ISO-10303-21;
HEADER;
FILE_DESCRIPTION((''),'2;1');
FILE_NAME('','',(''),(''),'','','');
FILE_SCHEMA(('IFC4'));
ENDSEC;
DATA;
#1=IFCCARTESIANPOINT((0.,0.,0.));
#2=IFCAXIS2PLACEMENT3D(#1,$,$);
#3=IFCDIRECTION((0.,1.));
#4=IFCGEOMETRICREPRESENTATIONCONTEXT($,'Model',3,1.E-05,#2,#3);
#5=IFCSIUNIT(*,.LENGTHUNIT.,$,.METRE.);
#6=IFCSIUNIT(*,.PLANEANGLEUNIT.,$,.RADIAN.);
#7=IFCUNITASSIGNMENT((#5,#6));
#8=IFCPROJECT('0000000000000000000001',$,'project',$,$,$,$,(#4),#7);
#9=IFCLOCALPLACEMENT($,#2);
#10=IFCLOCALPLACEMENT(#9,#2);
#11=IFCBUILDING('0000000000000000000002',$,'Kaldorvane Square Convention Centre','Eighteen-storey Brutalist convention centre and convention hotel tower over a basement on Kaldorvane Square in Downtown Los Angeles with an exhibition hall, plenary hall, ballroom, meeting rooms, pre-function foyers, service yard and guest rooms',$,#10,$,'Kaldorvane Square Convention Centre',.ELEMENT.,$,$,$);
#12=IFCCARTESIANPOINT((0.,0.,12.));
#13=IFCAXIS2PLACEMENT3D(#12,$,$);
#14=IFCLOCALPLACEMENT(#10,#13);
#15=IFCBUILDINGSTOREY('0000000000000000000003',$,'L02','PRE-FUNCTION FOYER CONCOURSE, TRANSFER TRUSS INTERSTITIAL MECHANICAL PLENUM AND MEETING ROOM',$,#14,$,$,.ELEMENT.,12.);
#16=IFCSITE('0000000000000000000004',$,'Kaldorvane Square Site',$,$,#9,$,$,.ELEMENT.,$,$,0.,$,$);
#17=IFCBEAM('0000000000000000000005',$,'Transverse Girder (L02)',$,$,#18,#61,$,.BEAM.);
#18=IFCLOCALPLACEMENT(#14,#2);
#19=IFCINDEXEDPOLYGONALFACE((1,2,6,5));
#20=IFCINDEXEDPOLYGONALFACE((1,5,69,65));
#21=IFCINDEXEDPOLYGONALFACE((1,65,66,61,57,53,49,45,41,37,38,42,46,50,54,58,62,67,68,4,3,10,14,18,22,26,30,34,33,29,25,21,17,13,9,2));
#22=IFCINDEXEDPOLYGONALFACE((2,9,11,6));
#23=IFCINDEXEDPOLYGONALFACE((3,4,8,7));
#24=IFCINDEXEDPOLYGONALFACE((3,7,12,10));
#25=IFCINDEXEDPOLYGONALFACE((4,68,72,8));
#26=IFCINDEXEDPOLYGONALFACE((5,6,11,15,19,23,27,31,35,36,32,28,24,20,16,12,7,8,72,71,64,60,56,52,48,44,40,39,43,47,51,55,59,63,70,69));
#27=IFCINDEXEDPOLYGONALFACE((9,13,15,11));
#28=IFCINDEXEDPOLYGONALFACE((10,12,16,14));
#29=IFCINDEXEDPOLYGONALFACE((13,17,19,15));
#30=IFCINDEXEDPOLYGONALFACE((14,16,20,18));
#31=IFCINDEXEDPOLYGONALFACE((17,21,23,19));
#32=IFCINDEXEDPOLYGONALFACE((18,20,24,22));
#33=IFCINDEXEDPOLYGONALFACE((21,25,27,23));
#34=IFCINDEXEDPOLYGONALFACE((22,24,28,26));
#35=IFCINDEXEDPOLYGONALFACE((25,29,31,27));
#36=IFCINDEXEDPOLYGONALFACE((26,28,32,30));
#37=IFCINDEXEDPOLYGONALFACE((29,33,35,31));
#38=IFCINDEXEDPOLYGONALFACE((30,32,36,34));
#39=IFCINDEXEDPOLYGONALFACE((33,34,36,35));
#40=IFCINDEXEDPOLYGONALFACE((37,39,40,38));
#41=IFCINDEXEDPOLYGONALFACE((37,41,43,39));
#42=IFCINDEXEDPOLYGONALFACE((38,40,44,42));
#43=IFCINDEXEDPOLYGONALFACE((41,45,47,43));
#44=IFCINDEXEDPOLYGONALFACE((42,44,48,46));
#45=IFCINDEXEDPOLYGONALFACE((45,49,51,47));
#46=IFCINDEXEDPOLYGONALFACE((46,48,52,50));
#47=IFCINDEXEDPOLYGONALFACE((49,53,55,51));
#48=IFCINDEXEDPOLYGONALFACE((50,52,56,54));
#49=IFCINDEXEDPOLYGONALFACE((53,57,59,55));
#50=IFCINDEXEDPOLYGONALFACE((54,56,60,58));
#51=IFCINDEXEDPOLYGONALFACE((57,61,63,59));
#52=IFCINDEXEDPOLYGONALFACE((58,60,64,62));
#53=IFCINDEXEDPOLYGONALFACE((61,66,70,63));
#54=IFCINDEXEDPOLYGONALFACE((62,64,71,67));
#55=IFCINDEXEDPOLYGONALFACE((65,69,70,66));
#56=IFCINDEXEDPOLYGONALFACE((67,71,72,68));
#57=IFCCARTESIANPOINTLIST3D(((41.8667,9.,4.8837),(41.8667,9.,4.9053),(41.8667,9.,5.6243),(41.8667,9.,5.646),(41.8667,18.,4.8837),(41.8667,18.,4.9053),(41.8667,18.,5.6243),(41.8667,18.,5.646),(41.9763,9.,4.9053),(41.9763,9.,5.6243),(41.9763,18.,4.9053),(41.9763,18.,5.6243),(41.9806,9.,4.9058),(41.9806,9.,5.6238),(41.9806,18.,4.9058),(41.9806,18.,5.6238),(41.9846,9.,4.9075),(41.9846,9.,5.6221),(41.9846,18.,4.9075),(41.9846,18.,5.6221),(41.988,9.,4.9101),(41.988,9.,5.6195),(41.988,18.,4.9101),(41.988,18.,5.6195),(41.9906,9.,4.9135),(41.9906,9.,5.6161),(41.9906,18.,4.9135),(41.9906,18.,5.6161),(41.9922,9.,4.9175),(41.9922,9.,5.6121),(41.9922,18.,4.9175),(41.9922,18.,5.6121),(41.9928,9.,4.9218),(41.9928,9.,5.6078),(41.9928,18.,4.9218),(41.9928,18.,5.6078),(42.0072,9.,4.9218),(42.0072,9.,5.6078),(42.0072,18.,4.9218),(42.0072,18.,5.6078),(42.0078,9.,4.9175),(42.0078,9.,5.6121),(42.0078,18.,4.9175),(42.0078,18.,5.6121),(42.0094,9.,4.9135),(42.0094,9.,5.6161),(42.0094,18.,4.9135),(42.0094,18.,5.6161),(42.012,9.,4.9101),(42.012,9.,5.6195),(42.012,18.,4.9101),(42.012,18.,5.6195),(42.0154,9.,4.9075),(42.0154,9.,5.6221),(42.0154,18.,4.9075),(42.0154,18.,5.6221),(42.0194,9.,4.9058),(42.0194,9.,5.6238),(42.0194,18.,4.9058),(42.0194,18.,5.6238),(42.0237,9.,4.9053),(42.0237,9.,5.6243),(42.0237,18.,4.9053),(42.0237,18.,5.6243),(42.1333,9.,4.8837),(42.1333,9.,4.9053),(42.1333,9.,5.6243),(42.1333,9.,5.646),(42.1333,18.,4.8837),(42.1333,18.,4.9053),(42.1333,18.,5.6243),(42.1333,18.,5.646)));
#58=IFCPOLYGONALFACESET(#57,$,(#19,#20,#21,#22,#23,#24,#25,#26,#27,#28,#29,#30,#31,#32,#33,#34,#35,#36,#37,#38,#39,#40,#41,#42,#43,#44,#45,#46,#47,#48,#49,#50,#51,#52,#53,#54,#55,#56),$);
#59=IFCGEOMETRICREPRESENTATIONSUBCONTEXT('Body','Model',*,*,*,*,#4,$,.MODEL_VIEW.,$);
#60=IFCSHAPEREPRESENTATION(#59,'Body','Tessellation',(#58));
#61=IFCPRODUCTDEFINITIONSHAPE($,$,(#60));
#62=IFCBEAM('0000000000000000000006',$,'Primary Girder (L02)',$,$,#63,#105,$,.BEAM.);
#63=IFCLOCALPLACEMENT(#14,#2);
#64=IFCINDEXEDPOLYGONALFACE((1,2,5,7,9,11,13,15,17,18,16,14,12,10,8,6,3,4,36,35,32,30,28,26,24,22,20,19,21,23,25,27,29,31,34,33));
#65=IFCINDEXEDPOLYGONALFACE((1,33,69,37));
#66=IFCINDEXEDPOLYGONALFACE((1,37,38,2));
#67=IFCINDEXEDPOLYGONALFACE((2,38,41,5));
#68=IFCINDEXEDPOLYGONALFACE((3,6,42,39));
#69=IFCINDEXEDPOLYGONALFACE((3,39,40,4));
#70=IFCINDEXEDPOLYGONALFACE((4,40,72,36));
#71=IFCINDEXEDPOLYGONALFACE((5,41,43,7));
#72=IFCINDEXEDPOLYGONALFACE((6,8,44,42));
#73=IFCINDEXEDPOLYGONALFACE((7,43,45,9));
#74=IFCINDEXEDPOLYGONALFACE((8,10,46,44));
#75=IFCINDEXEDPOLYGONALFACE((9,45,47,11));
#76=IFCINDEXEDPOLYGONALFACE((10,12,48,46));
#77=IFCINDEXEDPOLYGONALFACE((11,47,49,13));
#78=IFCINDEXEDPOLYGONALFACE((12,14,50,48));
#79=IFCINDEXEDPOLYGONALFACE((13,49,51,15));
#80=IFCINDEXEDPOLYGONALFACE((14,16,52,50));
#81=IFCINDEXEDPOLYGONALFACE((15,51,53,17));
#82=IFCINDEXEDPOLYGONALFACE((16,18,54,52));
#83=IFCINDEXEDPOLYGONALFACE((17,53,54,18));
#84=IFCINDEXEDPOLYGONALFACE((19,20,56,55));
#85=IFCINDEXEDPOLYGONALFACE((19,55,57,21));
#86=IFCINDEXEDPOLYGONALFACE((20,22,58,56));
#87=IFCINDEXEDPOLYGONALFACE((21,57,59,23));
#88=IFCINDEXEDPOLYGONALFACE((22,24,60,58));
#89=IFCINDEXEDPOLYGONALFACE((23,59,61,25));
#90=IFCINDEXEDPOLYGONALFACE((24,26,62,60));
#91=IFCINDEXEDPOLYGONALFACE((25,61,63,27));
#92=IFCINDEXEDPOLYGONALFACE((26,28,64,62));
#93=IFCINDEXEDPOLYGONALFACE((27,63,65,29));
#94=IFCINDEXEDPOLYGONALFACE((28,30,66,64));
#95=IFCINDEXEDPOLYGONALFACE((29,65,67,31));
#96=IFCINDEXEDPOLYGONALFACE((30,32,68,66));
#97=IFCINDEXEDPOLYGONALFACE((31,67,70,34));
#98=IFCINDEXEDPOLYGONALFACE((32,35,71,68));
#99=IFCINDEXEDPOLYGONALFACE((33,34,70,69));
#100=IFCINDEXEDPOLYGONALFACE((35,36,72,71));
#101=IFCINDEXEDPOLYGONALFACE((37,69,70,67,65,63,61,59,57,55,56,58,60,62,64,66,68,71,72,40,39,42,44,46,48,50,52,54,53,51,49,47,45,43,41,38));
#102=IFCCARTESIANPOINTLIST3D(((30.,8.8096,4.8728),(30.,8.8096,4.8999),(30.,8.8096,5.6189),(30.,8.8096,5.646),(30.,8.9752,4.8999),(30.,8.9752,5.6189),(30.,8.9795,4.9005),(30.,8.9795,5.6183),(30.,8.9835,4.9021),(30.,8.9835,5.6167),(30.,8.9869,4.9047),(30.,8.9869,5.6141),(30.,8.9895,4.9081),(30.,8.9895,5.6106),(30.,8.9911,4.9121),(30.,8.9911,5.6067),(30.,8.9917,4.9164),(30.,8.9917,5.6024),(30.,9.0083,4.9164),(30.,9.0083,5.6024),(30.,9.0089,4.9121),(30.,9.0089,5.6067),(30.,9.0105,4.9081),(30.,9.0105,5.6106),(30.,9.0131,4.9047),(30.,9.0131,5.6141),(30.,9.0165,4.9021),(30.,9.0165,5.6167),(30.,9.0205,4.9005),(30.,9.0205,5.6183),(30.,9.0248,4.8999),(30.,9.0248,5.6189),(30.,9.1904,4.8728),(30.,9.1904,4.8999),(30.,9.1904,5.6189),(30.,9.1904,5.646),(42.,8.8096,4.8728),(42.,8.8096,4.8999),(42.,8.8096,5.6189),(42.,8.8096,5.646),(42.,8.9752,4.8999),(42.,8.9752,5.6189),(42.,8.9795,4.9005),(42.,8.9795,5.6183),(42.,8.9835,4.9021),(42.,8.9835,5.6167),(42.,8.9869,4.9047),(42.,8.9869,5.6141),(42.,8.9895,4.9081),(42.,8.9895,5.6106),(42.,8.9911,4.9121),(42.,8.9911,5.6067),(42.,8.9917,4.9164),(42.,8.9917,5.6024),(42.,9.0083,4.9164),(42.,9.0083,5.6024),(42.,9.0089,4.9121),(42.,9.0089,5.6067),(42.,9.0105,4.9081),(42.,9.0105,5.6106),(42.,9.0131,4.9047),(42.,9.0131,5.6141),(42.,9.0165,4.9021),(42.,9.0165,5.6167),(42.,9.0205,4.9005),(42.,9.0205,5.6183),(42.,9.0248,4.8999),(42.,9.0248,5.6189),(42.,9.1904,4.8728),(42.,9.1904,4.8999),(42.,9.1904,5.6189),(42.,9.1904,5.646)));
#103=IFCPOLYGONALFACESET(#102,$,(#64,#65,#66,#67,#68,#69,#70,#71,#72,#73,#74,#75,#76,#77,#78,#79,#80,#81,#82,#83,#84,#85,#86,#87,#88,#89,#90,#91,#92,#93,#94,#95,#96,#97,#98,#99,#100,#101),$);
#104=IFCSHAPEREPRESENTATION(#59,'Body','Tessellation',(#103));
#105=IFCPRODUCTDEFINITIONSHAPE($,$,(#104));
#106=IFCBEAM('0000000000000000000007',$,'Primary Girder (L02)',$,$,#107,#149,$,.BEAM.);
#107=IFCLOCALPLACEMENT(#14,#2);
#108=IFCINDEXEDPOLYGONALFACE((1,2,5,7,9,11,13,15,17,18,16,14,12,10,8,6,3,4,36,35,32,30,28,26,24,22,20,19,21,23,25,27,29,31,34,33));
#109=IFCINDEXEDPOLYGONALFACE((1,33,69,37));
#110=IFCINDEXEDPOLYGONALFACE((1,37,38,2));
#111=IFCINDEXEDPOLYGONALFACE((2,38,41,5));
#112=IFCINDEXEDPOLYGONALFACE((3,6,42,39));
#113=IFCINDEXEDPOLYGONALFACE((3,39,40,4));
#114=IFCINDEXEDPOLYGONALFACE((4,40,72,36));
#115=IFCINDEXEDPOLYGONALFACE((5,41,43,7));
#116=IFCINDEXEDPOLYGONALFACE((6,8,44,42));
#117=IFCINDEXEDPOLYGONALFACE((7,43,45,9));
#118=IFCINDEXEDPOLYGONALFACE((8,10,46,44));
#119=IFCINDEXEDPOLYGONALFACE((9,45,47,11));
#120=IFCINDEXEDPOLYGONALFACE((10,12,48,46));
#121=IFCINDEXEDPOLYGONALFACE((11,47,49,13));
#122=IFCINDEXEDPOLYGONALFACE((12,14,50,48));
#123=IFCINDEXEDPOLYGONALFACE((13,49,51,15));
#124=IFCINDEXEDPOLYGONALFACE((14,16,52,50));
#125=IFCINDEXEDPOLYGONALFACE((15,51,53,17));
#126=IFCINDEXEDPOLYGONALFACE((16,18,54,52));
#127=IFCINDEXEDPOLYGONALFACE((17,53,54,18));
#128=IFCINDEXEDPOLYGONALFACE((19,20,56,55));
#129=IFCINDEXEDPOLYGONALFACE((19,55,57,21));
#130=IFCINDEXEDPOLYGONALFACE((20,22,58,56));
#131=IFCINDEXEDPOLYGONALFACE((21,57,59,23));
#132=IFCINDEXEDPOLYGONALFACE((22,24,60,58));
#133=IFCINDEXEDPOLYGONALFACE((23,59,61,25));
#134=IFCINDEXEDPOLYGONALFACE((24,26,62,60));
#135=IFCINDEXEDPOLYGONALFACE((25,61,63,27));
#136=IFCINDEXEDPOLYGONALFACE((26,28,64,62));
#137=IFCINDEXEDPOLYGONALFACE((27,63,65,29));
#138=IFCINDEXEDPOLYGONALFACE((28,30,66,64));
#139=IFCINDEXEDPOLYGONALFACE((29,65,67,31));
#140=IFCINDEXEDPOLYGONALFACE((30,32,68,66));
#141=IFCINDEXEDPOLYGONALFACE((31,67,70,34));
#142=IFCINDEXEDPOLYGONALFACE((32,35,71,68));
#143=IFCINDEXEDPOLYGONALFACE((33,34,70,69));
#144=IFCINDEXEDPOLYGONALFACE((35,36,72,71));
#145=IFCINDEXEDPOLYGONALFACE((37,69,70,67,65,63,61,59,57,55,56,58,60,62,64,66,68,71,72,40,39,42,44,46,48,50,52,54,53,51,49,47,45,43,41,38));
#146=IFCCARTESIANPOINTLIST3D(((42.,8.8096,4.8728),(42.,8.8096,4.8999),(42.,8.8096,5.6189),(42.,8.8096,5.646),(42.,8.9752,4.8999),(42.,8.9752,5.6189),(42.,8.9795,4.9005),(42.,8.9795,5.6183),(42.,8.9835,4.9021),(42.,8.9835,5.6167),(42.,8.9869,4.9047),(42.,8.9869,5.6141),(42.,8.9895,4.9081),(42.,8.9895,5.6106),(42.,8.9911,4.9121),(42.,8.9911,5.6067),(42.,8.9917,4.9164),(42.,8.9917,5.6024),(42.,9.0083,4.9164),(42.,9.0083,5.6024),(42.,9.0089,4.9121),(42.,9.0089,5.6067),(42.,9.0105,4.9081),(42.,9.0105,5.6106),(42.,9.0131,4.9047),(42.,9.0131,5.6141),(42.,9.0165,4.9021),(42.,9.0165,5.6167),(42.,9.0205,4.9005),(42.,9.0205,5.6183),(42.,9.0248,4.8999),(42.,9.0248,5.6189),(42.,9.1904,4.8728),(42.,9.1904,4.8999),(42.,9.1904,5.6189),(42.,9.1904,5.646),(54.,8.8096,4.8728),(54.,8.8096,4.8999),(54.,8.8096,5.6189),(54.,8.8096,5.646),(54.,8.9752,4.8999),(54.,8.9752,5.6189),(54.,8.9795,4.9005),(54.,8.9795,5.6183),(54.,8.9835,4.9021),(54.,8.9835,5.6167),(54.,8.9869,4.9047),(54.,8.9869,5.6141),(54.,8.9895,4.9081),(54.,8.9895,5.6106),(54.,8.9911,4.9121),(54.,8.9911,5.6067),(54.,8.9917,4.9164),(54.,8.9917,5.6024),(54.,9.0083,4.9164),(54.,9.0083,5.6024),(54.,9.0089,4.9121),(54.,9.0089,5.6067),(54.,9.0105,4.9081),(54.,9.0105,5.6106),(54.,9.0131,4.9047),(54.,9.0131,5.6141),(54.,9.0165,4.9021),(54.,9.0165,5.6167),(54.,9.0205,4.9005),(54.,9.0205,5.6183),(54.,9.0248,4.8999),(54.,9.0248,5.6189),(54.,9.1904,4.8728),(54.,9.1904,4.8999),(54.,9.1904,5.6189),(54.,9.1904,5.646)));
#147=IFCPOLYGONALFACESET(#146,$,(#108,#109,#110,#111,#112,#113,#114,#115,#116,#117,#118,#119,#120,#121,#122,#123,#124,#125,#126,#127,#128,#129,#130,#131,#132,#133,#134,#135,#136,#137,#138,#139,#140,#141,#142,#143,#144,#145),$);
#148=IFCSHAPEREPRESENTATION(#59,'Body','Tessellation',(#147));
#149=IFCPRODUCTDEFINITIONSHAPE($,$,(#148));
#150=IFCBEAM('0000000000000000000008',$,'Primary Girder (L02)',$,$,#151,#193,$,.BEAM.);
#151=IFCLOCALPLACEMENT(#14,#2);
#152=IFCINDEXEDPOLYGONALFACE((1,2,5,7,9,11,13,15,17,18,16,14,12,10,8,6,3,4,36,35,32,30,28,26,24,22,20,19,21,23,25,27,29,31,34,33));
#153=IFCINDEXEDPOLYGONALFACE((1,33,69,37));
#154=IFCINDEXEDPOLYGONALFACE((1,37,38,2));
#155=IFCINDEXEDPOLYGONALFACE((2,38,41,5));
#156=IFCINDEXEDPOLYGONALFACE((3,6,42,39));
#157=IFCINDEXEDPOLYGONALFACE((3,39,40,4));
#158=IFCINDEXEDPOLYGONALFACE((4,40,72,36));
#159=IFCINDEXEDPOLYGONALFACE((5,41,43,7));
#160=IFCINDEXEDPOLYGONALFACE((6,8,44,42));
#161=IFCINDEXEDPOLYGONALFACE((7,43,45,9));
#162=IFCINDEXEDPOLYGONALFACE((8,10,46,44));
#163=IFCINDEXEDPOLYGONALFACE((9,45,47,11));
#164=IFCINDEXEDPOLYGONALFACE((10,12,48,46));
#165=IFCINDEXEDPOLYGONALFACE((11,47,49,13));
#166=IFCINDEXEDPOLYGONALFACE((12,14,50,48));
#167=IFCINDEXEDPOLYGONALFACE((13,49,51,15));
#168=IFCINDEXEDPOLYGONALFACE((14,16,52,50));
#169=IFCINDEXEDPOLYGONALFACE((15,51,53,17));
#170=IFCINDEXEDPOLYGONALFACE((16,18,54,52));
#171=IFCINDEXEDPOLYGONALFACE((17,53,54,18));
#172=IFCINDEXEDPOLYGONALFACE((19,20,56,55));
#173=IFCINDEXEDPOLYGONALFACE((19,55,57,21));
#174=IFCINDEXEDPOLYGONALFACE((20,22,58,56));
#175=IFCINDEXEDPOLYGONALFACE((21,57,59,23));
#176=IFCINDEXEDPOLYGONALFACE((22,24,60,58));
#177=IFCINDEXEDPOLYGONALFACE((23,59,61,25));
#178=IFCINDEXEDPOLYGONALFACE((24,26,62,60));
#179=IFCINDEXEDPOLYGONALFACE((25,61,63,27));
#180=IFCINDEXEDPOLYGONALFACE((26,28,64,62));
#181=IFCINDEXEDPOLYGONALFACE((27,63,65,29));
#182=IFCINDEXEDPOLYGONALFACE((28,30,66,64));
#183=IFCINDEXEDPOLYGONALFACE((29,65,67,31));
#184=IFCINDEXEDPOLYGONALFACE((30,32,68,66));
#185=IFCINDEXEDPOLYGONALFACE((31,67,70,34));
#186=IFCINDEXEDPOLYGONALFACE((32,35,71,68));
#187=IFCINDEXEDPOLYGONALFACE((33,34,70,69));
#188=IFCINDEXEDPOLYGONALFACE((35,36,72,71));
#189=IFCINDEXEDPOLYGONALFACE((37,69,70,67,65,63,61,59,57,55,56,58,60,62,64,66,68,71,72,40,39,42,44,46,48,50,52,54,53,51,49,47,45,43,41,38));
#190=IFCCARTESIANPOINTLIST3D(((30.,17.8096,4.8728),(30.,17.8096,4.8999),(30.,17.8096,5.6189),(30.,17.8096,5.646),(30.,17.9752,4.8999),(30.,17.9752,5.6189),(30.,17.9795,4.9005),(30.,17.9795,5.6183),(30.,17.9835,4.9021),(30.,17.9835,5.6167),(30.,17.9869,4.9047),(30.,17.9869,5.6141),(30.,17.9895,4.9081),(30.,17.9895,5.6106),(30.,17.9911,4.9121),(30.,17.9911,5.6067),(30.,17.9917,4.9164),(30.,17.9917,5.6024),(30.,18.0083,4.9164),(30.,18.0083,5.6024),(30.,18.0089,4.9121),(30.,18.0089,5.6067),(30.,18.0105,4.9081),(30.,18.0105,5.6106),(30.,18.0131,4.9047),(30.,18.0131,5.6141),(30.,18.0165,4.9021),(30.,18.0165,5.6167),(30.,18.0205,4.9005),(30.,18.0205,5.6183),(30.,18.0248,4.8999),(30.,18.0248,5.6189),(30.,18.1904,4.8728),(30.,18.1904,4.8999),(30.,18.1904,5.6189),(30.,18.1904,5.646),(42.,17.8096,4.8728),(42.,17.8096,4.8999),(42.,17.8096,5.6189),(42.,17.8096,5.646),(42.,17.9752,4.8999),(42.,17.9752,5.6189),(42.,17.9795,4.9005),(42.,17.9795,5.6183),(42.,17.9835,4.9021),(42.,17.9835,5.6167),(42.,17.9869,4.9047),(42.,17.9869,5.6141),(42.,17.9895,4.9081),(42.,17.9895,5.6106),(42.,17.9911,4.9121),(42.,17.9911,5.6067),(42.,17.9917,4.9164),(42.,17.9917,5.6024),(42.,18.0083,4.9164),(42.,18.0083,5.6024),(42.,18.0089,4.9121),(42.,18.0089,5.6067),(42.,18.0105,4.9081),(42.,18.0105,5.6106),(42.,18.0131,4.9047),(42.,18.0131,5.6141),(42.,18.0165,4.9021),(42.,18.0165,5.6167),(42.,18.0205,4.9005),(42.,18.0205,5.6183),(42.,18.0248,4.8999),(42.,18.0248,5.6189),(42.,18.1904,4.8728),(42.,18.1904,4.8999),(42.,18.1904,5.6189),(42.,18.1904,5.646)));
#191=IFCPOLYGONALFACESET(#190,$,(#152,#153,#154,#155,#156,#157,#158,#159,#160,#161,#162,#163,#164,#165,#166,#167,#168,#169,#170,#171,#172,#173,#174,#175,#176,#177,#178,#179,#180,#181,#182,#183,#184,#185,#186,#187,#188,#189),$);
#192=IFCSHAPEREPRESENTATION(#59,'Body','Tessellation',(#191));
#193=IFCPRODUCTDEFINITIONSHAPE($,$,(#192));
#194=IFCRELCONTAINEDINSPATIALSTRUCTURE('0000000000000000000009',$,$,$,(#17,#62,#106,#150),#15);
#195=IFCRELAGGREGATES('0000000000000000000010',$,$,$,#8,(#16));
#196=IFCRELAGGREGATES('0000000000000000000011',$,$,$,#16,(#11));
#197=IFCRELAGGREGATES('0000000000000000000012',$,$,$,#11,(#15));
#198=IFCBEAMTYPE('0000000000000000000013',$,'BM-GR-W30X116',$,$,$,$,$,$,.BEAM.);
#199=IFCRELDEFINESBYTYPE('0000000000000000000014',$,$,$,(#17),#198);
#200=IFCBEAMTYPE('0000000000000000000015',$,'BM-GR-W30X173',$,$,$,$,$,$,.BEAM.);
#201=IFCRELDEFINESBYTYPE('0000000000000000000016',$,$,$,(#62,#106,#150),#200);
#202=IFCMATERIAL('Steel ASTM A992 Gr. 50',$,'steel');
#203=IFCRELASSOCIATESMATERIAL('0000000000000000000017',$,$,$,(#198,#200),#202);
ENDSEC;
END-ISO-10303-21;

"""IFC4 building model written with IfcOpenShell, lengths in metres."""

from ifc_helpers import new_model, si_unit, direction, frame, origin, origin_2d, place, context, subcontext, project, spatial, i_section, extrude, material, material_profile, profile_set, type_object, element, save


model = new_model("IFC4")

# Units and contexts
model_context = context("Model", 3, precision=1e-05, world=origin(), true_north=direction((0.0, 1.0)))
body_context = subcontext(model_context, "Body", "Model", "MODEL_VIEW")
ifc_project = project(units=[si_unit("LENGTHUNIT", "METRE"), si_unit("PLANEANGLEUNIT", "RADIAN")], contexts=[model_context])

# Site, building, storey
site_placement = place(None, origin())
site = spatial("IfcSite", under=ifc_project, at=site_placement, Name="Kaldorvane Square Site", CompositionType="ELEMENT", RefElevation=0.0)
building_placement = place(site_placement, origin())
building = spatial("IfcBuilding", under=site, at=building_placement, Name="Kaldorvane Square Convention Centre", Description="Eighteen-storey Brutalist convention centre and convention hotel tower over a basement on Kaldorvane Square in Downtown Los Angeles with an exhibition hall, plenary hall, ballroom, meeting rooms, pre-function foyers, service yard and guest rooms", LongName="Kaldorvane Square Convention Centre", CompositionType="ELEMENT")
storey_placement = place(building_placement, frame((0.0, 0.0, 12.0)))
storey = spatial("IfcBuildingStorey", under=building, at=storey_placement, Name="L02", Description="PRE-FUNCTION FOYER CONCOURSE, TRANSFER TRUSS INTERSTITIAL MECHANICAL PLENUM AND MEETING ROOM", CompositionType="ELEMENT", Elevation=12.0)

# Shared definitions
ifc_material_1 = material(Name="Steel ASTM A992 Gr. 50", Category="steel")

# Beams
ifc_material_profile_1 = material_profile(ifc_material_1, i_section(OverallWidth=0.2666, OverallDepth=0.7623, WebThickness=0.0144, FlangeThickness=0.0216, FilletRadius=0.0165, at=origin_2d()), Name="W30X116")
ifc_profile_set_1 = profile_set([ifc_material_profile_1], Name="Steel ASTM A992 Gr. 50")
beam_type_1 = type_object("IfcBeamType", Name="BM-GR-W30X116", PredefinedType="BEAM", material=ifc_profile_set_1)
for number, where, z_axis, x_axis, name in (
    (1, (42.0, 9.0, 5.2648), (0.0, 1.0, 0.0), (-1.0, 0.0, 0.0), "Transverse Girder (L02)"),
):
    element("IfcBeam", number, at=place(storey_placement, frame(where, z_axis=z_axis, x_axis=x_axis)), inside=storey, type_object=beam_type_1, Name=name, PredefinedType="BEAM", context=body_context, shape_type="SweptSolid", body=[
        extrude(i_section(OverallWidth=0.2666, OverallDepth=0.7623, WebThickness=0.0144, FlangeThickness=0.0216, FilletRadius=0.0165, at=origin_2d()), origin(), (0.0, 0.0, 1.0), 9.0),
    ])
ifc_material_profile_2 = material_profile(ifc_material_1, i_section(OverallWidth=0.3807, OverallDepth=0.7732, WebThickness=0.0166, FlangeThickness=0.0271, FilletRadius=0.0165, at=origin_2d()), Name="W30X173")
ifc_profile_set_2 = profile_set([ifc_material_profile_2], Name="Steel ASTM A992 Gr. 50")
beam_type_2 = type_object("IfcBeamType", Name="BM-GR-W30X173", PredefinedType="BEAM", material=ifc_profile_set_2)
for number, where, z_axis, x_axis, name in (
    (2, (30.0, 9.0, 5.2594), (1.0, 0.0, 0.0), (0.0, 1.0, 0.0), "Primary Girder (L02)"),
    (3, (42.0, 9.0, 5.2594), (1.0, 0.0, 0.0), (0.0, 1.0, 0.0), "Primary Girder (L02)"),
    (4, (30.0, 18.0, 5.2594), (1.0, 0.0, 0.0), (0.0, 1.0, 0.0), "Primary Girder (L02)"),
):
    element("IfcBeam", number, at=place(storey_placement, frame(where, z_axis=z_axis, x_axis=x_axis)), inside=storey, type_object=beam_type_2, Name=name, PredefinedType="BEAM", context=body_context, shape_type="SweptSolid", body=[
        extrude(i_section(OverallWidth=0.3807, OverallDepth=0.7732, WebThickness=0.0166, FlangeThickness=0.0271, FilletRadius=0.0165, at=origin_2d()), origin(), (0.0, 0.0, 1.0), 12.0),
    ])

save(model, "model.ifc")
